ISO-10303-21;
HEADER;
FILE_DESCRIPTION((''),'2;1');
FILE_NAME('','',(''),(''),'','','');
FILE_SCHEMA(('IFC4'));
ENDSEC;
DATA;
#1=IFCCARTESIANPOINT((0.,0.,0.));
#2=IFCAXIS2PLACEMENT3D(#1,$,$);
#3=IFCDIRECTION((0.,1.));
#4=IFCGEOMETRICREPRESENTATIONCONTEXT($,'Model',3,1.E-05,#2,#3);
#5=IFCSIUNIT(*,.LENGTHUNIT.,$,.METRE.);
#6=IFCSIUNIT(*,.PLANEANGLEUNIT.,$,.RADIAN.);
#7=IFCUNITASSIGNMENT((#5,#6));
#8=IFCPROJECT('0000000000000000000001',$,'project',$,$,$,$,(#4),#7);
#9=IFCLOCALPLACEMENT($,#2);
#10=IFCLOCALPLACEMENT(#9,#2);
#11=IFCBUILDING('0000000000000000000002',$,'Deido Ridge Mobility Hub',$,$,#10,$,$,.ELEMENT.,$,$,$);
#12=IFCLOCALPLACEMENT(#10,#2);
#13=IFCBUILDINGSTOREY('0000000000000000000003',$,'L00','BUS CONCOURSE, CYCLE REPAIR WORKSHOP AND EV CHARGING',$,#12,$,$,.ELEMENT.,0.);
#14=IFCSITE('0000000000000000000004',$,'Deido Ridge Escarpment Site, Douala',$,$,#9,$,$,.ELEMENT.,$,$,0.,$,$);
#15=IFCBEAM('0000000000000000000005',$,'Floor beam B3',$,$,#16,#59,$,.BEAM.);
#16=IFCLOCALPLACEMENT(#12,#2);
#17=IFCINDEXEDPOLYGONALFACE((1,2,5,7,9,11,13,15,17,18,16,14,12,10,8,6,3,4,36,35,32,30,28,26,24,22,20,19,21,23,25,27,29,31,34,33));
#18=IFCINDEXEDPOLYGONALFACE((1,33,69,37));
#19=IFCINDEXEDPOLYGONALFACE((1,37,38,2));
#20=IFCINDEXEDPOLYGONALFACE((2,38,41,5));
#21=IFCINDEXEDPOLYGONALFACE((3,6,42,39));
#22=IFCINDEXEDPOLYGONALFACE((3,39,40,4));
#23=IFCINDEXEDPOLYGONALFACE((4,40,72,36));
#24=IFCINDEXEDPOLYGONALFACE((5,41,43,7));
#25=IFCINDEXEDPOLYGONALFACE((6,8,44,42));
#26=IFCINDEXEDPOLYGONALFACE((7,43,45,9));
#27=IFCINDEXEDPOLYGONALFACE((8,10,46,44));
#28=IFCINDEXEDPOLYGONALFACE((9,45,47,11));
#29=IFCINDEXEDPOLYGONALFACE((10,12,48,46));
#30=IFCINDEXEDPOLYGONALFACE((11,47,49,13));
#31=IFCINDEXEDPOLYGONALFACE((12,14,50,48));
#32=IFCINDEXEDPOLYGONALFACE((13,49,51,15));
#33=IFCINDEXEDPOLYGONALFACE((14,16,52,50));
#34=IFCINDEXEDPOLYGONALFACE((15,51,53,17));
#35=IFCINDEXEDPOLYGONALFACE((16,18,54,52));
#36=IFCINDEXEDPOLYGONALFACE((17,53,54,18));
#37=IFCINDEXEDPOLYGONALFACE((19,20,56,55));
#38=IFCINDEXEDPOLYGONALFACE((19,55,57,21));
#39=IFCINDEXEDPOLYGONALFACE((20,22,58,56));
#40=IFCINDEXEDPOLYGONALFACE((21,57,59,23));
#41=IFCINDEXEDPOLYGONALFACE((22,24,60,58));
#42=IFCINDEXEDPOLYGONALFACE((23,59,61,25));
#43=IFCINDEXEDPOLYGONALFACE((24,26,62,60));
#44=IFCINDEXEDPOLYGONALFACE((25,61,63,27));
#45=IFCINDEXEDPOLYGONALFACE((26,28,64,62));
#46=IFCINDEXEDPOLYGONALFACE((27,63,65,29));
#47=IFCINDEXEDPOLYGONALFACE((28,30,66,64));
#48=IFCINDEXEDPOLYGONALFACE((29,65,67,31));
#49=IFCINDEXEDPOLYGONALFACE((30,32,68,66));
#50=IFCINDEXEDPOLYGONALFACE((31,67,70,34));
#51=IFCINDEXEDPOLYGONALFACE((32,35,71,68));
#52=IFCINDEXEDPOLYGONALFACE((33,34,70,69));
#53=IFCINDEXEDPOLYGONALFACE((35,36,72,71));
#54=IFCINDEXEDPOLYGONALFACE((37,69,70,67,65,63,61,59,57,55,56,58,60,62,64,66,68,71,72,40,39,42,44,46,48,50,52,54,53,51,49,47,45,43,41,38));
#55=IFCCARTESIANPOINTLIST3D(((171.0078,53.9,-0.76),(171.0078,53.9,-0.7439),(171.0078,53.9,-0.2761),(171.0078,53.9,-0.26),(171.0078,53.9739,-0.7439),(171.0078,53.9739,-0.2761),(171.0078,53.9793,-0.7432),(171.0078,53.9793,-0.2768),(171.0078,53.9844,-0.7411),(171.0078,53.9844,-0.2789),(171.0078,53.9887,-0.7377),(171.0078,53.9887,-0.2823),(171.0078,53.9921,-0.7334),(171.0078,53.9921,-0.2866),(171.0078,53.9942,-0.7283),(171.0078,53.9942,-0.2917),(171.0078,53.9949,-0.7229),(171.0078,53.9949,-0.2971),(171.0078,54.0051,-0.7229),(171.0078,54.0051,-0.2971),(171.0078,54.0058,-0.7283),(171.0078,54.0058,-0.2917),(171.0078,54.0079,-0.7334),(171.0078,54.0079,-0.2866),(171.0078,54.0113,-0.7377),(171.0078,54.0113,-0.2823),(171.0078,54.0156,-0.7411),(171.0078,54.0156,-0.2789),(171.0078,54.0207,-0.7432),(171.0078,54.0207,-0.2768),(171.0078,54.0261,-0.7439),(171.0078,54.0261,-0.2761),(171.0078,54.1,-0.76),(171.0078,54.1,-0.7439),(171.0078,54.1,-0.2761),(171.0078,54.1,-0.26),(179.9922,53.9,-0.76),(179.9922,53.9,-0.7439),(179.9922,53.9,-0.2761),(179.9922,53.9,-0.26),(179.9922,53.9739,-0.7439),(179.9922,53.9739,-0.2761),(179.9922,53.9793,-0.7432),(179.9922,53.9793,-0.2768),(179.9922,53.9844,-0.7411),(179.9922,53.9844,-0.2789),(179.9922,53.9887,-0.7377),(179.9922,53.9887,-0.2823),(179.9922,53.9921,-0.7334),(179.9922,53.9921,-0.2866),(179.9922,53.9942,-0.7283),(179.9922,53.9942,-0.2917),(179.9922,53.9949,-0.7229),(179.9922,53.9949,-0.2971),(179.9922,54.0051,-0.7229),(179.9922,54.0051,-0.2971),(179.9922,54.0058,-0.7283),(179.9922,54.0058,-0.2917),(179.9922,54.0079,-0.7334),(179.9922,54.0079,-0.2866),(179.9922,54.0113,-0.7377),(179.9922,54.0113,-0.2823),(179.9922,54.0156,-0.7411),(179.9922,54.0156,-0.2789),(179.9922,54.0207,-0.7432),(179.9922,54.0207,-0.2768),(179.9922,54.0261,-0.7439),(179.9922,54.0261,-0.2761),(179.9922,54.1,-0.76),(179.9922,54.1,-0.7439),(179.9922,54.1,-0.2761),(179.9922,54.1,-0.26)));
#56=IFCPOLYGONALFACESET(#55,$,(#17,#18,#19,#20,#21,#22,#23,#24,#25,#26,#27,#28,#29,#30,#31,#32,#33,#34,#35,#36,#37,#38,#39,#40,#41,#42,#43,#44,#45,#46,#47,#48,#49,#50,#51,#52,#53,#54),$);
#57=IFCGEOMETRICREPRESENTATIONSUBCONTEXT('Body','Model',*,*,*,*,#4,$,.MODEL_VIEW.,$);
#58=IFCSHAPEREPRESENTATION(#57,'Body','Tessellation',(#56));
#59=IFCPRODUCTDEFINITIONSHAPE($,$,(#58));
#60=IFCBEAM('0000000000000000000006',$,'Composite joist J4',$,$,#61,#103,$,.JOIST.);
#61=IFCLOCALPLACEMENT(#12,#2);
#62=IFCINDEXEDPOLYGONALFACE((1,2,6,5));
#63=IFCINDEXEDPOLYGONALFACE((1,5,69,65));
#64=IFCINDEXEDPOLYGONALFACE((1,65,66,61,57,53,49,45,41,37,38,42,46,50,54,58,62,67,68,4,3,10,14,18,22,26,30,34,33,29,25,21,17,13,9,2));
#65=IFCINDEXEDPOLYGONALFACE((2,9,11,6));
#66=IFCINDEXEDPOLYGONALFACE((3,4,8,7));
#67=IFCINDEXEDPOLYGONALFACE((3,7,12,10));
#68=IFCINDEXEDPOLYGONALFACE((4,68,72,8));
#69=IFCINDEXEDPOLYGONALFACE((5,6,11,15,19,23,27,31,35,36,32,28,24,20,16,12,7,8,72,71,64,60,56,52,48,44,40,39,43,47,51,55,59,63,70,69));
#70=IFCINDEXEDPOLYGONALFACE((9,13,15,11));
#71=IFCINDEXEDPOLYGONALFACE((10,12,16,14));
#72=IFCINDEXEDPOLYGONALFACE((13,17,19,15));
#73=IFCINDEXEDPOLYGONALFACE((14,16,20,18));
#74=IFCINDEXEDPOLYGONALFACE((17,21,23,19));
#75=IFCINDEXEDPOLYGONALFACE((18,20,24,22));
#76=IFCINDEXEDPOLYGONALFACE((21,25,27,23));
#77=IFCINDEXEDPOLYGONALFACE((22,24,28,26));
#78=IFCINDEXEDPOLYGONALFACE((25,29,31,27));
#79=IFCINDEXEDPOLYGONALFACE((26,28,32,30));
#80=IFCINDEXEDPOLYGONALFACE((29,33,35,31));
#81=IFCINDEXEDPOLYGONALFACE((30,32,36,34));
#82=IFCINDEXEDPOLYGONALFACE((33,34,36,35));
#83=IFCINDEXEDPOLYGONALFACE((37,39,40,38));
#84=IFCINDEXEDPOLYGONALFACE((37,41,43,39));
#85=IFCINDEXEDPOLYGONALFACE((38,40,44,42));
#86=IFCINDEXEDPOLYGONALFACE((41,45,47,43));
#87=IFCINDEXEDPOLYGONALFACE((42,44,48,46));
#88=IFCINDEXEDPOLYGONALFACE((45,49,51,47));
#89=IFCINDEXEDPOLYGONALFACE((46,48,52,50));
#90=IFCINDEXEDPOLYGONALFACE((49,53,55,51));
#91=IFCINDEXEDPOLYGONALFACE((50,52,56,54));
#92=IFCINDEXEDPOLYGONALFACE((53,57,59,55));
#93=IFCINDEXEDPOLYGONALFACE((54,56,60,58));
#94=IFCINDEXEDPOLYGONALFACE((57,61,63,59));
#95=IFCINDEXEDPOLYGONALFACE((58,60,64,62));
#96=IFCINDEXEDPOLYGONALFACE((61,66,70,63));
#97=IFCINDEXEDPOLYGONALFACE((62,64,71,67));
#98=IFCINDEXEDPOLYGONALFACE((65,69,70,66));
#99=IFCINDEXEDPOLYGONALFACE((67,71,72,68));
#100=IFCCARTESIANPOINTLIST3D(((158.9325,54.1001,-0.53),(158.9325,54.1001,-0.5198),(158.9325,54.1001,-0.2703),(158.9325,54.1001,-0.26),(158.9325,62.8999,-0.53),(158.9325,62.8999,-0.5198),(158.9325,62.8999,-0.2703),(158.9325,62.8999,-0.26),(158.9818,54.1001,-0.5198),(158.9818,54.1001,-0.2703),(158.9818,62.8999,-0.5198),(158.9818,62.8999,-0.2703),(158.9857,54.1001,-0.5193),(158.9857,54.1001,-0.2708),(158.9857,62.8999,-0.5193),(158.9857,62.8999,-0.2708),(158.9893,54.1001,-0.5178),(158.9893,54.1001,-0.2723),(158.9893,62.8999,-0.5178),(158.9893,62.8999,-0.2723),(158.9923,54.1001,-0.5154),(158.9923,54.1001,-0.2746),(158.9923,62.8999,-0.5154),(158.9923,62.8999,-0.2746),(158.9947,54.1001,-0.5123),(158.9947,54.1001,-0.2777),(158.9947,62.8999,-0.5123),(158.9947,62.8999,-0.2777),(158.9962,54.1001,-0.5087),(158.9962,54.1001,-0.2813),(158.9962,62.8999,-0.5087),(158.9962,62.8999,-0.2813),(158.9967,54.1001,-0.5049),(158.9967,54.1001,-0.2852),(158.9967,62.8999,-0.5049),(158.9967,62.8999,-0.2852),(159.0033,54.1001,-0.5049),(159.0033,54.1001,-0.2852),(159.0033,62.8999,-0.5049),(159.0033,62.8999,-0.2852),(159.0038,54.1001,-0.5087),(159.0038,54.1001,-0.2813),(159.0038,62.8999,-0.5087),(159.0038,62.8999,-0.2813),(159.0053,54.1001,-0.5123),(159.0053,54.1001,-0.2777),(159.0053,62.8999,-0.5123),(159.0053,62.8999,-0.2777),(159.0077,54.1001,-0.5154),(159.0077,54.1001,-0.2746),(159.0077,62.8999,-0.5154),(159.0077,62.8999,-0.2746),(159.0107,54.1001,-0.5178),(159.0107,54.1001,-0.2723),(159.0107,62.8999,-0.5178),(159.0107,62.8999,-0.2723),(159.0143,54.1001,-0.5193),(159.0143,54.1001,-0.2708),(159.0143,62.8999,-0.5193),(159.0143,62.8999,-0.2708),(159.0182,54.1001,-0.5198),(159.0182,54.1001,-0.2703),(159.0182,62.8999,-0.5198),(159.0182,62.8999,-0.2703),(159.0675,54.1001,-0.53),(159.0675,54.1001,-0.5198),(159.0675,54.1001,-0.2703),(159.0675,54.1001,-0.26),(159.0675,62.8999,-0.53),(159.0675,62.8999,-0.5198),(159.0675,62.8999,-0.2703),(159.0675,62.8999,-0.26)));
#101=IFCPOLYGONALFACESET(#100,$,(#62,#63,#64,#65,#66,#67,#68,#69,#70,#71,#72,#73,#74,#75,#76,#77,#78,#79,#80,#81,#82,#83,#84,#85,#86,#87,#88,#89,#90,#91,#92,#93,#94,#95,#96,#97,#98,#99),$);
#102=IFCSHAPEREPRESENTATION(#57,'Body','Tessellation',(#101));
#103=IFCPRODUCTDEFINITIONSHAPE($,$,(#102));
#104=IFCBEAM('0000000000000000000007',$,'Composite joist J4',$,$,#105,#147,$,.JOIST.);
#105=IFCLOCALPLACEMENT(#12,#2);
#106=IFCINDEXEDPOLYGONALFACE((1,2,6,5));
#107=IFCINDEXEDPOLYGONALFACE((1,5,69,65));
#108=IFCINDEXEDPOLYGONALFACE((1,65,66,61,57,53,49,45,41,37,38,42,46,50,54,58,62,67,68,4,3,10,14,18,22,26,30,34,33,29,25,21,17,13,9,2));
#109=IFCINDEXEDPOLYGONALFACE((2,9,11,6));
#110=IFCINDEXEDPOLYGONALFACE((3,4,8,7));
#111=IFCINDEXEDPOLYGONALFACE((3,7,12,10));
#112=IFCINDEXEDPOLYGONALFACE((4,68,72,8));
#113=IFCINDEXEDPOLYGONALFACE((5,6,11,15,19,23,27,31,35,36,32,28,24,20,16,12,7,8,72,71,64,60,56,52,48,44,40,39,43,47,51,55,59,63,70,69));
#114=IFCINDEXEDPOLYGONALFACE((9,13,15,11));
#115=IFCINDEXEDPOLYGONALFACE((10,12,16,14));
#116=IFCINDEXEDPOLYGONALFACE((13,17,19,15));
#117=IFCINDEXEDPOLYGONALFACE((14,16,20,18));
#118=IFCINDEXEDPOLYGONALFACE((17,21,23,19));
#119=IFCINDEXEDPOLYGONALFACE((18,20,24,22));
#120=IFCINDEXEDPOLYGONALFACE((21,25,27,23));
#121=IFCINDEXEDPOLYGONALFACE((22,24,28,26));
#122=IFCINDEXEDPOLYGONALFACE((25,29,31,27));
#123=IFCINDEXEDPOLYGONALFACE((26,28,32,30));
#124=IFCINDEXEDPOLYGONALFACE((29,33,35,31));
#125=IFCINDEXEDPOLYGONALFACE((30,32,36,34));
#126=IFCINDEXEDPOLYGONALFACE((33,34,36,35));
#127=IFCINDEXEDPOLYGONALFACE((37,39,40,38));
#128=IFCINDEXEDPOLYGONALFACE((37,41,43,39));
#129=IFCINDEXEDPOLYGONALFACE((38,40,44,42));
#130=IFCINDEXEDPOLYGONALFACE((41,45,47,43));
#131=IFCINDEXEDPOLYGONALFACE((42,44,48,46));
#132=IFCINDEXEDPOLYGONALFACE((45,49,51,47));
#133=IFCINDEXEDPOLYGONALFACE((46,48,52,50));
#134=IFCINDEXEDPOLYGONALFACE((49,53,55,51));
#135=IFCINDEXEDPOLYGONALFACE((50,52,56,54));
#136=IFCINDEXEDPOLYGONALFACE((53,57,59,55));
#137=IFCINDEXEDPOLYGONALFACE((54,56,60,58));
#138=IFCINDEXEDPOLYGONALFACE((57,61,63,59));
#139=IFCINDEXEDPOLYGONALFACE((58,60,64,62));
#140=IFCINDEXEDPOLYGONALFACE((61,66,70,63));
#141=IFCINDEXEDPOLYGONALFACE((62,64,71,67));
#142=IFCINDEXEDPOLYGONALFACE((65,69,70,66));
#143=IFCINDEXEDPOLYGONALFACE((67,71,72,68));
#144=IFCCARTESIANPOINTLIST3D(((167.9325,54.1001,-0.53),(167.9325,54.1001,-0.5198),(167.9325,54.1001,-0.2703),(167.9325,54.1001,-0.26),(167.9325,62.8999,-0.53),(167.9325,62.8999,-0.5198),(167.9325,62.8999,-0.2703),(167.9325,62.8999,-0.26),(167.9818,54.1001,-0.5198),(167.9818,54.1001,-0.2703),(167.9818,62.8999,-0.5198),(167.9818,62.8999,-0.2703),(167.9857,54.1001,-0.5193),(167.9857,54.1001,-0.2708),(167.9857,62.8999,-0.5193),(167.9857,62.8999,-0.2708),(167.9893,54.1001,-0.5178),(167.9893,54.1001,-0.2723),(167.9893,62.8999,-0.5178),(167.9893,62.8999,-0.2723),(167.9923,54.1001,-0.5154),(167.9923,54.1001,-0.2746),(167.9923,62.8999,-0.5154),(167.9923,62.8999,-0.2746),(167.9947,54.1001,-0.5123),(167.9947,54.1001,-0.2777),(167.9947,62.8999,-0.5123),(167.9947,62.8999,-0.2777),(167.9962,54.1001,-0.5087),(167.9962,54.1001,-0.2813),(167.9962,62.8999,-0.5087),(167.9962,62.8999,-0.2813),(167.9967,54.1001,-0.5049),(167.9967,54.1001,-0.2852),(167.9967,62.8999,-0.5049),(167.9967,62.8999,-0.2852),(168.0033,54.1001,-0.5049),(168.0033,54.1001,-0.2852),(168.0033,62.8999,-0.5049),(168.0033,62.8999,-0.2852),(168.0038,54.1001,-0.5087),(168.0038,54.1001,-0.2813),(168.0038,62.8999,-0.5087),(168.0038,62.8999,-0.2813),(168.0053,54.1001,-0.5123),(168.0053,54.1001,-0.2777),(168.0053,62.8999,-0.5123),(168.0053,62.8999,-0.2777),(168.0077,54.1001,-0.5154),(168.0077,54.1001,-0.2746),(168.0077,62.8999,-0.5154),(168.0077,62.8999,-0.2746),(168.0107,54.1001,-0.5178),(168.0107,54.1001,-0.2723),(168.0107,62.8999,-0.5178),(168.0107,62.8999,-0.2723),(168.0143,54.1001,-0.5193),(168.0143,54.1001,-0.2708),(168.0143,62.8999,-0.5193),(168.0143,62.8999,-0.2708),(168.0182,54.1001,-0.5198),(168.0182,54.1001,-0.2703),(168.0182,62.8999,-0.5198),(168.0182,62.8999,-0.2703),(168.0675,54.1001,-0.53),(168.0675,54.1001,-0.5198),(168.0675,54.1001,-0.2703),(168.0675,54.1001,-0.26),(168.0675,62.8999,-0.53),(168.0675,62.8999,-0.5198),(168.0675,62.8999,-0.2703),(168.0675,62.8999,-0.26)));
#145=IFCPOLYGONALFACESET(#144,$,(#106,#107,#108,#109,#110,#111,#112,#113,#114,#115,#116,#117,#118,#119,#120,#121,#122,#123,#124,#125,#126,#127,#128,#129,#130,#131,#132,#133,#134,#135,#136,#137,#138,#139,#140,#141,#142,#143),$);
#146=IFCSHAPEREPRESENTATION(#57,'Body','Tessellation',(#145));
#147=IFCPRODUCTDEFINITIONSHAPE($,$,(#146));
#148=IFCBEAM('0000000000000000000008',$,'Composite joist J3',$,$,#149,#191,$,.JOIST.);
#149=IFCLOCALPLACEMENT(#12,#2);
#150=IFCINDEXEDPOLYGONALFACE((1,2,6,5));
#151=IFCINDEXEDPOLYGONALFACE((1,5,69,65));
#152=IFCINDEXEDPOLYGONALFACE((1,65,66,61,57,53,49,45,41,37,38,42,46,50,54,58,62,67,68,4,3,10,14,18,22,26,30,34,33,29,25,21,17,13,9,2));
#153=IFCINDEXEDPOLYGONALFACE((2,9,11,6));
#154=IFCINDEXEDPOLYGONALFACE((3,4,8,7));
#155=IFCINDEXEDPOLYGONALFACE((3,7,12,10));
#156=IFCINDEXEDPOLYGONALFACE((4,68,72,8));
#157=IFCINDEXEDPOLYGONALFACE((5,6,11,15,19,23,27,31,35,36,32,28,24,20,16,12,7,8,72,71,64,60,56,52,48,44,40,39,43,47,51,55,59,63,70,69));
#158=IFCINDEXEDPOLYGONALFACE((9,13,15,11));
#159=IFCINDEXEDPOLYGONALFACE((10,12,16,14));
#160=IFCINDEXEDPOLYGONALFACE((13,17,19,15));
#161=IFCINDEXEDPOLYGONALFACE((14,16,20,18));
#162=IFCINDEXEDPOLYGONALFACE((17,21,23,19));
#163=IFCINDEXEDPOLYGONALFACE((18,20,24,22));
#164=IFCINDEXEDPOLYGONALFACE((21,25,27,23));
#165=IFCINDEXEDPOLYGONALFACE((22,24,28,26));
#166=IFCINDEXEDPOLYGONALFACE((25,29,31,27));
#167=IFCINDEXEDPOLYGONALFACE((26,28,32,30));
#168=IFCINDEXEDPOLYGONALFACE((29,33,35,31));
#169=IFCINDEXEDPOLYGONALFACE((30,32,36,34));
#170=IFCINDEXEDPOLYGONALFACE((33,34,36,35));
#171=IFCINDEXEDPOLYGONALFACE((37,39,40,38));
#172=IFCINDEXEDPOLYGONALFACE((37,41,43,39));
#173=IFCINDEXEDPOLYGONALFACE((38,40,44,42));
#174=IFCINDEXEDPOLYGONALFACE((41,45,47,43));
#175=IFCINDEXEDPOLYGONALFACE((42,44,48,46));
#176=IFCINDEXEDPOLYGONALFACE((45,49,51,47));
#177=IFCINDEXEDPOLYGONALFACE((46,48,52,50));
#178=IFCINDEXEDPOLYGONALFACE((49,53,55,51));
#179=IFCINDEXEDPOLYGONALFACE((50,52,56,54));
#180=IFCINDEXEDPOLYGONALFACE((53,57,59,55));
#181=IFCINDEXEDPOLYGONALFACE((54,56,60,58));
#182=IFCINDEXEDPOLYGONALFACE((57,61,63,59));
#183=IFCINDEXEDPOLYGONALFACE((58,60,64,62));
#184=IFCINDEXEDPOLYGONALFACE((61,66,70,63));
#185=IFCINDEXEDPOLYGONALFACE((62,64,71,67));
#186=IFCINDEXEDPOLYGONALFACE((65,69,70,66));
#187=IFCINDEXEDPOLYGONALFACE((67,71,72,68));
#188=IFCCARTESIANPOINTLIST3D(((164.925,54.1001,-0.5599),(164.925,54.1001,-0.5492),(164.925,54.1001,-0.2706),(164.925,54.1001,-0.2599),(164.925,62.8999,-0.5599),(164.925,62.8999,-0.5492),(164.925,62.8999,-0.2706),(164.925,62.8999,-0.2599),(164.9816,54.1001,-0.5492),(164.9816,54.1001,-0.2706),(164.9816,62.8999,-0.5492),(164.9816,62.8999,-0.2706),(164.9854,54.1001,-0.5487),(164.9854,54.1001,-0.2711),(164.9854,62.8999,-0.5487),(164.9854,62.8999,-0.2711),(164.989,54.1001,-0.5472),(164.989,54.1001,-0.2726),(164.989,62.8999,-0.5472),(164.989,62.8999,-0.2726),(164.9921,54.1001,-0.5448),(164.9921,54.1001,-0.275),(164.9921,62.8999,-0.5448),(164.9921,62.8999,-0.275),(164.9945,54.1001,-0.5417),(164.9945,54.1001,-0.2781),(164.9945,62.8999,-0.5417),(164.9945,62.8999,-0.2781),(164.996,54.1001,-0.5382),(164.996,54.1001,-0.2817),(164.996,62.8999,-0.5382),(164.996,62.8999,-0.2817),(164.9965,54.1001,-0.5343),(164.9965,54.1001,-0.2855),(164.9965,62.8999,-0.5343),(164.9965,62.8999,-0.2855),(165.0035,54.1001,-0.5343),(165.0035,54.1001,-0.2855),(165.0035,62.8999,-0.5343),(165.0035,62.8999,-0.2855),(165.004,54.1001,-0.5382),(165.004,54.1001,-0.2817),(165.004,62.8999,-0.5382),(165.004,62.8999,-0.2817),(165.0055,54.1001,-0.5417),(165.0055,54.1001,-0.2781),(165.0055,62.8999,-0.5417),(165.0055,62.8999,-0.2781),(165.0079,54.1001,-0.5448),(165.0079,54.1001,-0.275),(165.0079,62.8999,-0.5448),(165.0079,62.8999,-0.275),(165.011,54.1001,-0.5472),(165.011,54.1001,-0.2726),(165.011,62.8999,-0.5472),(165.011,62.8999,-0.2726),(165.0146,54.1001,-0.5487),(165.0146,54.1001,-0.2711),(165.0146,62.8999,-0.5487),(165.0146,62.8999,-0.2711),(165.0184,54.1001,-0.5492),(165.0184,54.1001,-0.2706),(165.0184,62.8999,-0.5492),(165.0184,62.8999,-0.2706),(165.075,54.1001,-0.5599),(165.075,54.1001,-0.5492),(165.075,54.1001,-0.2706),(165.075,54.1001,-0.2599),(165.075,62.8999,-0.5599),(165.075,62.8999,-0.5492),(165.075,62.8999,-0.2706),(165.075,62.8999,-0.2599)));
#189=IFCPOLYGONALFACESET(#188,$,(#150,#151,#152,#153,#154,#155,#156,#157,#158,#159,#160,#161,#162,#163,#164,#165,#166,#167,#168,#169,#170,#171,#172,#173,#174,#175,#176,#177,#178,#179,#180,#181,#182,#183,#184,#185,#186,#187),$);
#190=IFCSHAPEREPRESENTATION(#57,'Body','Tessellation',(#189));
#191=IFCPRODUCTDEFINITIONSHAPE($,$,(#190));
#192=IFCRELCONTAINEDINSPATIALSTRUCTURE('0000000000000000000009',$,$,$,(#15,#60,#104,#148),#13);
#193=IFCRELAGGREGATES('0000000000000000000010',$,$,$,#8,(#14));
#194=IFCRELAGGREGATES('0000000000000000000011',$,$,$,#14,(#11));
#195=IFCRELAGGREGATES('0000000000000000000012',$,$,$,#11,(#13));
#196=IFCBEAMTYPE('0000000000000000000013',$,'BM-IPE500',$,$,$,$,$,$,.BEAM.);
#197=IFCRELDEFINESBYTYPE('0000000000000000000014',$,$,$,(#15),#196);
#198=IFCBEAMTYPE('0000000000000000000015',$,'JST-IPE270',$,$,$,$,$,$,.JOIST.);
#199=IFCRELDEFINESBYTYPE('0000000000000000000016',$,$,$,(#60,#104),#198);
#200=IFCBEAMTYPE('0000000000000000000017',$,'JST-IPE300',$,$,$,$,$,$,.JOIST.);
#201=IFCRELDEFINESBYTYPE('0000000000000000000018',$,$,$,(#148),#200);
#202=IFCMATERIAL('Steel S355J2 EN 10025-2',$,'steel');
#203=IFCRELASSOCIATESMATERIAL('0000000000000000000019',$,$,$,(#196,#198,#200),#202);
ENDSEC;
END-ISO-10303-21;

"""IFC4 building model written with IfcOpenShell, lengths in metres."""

from ifc_helpers import new_model, si_unit, direction, frame, origin, origin_2d, place, context, subcontext, project, spatial, i_section, extrude, material, material_profile, profile_set, type_object, element, save


model = new_model("IFC4")

# Units and contexts
model_context = context("Model", 3, precision=1e-05, world=origin(), true_north=direction((0.0, 1.0)))
body_context = subcontext(model_context, "Body", "Model", "MODEL_VIEW")
ifc_project = project(units=[si_unit("LENGTHUNIT", "METRE"), si_unit("PLANEANGLEUNIT", "RADIAN")], contexts=[model_context])

# Site, building, storey
site_placement = place(None, origin())
site = spatial("IfcSite", under=ifc_project, at=site_placement, Name="Deido Ridge Escarpment Site, Douala", CompositionType="ELEMENT", RefElevation=0.0)
building_placement = place(site_placement, origin())
building = spatial("IfcBuilding", under=site, at=building_placement, Name="Deido Ridge Mobility Hub", CompositionType="ELEMENT")
storey_placement = place(building_placement, origin())
storey = spatial("IfcBuildingStorey", under=building, at=storey_placement, Name="L00", Description="BUS CONCOURSE, CYCLE REPAIR WORKSHOP AND EV CHARGING", CompositionType="ELEMENT", Elevation=0.0)

# Shared definitions
ifc_material_1 = material(Name="Steel S355J2 EN 10025-2", Category="steel")

# Beams
ifc_material_profile_1 = material_profile(ifc_material_1, i_section(OverallWidth=0.2, OverallDepth=0.5, WebThickness=0.0103, FlangeThickness=0.0161, FilletRadius=0.021, at=origin_2d()), Name="IPE 500")
ifc_profile_set_1 = profile_set([ifc_material_profile_1], Name="Steel S355J2 EN 10025-2")
beam_type_1 = type_object("IfcBeamType", Name="BM-IPE500", PredefinedType="BEAM", material=ifc_profile_set_1)
for number, where, z_axis, x_axis, name in (
    (1, (171.0078, 54.0, -0.51), (1.0, 0.0, 0.0), (0.0, 1.0, 0.0), "Floor beam B3"),
):
    element("IfcBeam", number, at=place(storey_placement, frame(where, z_axis=z_axis, x_axis=x_axis)), inside=storey, type_object=beam_type_1, Name=name, PredefinedType="BEAM", context=body_context, shape_type="SweptSolid", body=[
        extrude(i_section(OverallWidth=0.2, OverallDepth=0.5, WebThickness=0.0103, FlangeThickness=0.0161, FilletRadius=0.021, at=origin_2d()), origin(), (0.0, 0.0, 1.0), 8.9844),
    ])
ifc_material_profile_2 = material_profile(ifc_material_1, i_section(OverallWidth=0.135, OverallDepth=0.27, WebThickness=0.0066, FlangeThickness=0.0103, FilletRadius=0.0149, at=origin_2d()), Name="IPE 270")
ifc_profile_set_2 = profile_set([ifc_material_profile_2], Name="Steel S355J2 EN 10025-2")
beam_type_2 = type_object("IfcBeamType", Name="JST-IPE270", PredefinedType="JOIST", material=ifc_profile_set_2)
for number, where, z_axis, x_axis, name in (
    (2, (159.0, 54.1001, -0.395), (0.0, 1.0, 0.0), (-1.0, 0.0, 0.0), "Composite joist J4"),
    (3, (168.0, 54.1001, -0.395), (0.0, 1.0, 0.0), (-1.0, 0.0, 0.0), "Composite joist J4"),
):
    element("IfcBeam", number, at=place(storey_placement, frame(where, z_axis=z_axis, x_axis=x_axis)), inside=storey, type_object=beam_type_2, Name=name, PredefinedType="JOIST", context=body_context, shape_type="SweptSolid", body=[
        extrude(i_section(OverallWidth=0.135, OverallDepth=0.27, WebThickness=0.0066, FlangeThickness=0.0103, FilletRadius=0.0149, at=origin_2d()), origin(), (0.0, 0.0, 1.0), 8.7998),
    ])
ifc_material_profile_3 = material_profile(ifc_material_1, i_section(OverallWidth=0.1499, OverallDepth=0.3, WebThickness=0.0071, FlangeThickness=0.0107, FilletRadius=0.0149, at=origin_2d()), Name="IPE 300")
ifc_profile_set_3 = profile_set([ifc_material_profile_3], Name="Steel S355J2 EN 10025-2")
beam_type_3 = type_object("IfcBeamType", Name="JST-IPE300", PredefinedType="JOIST", material=ifc_profile_set_3)
beam_1_placement = place(storey_placement, frame((165.0, 54.1001, -0.4099), z_axis=(0.0, 1.0, 0.0), x_axis=(-1.0, 0.0, 0.0)))
element("IfcBeam", 4, at=beam_1_placement, inside=storey, type_object=beam_type_3, Name="Composite joist J3", PredefinedType="JOIST", context=body_context, shape_type="SweptSolid", body=[
    extrude(i_section(OverallWidth=0.1499, OverallDepth=0.3, WebThickness=0.0071, FlangeThickness=0.0107, FilletRadius=0.0149, at=origin_2d()), origin(), (0.0, 0.0, 1.0), 8.7998),
])

save(model, "model.ifc")
